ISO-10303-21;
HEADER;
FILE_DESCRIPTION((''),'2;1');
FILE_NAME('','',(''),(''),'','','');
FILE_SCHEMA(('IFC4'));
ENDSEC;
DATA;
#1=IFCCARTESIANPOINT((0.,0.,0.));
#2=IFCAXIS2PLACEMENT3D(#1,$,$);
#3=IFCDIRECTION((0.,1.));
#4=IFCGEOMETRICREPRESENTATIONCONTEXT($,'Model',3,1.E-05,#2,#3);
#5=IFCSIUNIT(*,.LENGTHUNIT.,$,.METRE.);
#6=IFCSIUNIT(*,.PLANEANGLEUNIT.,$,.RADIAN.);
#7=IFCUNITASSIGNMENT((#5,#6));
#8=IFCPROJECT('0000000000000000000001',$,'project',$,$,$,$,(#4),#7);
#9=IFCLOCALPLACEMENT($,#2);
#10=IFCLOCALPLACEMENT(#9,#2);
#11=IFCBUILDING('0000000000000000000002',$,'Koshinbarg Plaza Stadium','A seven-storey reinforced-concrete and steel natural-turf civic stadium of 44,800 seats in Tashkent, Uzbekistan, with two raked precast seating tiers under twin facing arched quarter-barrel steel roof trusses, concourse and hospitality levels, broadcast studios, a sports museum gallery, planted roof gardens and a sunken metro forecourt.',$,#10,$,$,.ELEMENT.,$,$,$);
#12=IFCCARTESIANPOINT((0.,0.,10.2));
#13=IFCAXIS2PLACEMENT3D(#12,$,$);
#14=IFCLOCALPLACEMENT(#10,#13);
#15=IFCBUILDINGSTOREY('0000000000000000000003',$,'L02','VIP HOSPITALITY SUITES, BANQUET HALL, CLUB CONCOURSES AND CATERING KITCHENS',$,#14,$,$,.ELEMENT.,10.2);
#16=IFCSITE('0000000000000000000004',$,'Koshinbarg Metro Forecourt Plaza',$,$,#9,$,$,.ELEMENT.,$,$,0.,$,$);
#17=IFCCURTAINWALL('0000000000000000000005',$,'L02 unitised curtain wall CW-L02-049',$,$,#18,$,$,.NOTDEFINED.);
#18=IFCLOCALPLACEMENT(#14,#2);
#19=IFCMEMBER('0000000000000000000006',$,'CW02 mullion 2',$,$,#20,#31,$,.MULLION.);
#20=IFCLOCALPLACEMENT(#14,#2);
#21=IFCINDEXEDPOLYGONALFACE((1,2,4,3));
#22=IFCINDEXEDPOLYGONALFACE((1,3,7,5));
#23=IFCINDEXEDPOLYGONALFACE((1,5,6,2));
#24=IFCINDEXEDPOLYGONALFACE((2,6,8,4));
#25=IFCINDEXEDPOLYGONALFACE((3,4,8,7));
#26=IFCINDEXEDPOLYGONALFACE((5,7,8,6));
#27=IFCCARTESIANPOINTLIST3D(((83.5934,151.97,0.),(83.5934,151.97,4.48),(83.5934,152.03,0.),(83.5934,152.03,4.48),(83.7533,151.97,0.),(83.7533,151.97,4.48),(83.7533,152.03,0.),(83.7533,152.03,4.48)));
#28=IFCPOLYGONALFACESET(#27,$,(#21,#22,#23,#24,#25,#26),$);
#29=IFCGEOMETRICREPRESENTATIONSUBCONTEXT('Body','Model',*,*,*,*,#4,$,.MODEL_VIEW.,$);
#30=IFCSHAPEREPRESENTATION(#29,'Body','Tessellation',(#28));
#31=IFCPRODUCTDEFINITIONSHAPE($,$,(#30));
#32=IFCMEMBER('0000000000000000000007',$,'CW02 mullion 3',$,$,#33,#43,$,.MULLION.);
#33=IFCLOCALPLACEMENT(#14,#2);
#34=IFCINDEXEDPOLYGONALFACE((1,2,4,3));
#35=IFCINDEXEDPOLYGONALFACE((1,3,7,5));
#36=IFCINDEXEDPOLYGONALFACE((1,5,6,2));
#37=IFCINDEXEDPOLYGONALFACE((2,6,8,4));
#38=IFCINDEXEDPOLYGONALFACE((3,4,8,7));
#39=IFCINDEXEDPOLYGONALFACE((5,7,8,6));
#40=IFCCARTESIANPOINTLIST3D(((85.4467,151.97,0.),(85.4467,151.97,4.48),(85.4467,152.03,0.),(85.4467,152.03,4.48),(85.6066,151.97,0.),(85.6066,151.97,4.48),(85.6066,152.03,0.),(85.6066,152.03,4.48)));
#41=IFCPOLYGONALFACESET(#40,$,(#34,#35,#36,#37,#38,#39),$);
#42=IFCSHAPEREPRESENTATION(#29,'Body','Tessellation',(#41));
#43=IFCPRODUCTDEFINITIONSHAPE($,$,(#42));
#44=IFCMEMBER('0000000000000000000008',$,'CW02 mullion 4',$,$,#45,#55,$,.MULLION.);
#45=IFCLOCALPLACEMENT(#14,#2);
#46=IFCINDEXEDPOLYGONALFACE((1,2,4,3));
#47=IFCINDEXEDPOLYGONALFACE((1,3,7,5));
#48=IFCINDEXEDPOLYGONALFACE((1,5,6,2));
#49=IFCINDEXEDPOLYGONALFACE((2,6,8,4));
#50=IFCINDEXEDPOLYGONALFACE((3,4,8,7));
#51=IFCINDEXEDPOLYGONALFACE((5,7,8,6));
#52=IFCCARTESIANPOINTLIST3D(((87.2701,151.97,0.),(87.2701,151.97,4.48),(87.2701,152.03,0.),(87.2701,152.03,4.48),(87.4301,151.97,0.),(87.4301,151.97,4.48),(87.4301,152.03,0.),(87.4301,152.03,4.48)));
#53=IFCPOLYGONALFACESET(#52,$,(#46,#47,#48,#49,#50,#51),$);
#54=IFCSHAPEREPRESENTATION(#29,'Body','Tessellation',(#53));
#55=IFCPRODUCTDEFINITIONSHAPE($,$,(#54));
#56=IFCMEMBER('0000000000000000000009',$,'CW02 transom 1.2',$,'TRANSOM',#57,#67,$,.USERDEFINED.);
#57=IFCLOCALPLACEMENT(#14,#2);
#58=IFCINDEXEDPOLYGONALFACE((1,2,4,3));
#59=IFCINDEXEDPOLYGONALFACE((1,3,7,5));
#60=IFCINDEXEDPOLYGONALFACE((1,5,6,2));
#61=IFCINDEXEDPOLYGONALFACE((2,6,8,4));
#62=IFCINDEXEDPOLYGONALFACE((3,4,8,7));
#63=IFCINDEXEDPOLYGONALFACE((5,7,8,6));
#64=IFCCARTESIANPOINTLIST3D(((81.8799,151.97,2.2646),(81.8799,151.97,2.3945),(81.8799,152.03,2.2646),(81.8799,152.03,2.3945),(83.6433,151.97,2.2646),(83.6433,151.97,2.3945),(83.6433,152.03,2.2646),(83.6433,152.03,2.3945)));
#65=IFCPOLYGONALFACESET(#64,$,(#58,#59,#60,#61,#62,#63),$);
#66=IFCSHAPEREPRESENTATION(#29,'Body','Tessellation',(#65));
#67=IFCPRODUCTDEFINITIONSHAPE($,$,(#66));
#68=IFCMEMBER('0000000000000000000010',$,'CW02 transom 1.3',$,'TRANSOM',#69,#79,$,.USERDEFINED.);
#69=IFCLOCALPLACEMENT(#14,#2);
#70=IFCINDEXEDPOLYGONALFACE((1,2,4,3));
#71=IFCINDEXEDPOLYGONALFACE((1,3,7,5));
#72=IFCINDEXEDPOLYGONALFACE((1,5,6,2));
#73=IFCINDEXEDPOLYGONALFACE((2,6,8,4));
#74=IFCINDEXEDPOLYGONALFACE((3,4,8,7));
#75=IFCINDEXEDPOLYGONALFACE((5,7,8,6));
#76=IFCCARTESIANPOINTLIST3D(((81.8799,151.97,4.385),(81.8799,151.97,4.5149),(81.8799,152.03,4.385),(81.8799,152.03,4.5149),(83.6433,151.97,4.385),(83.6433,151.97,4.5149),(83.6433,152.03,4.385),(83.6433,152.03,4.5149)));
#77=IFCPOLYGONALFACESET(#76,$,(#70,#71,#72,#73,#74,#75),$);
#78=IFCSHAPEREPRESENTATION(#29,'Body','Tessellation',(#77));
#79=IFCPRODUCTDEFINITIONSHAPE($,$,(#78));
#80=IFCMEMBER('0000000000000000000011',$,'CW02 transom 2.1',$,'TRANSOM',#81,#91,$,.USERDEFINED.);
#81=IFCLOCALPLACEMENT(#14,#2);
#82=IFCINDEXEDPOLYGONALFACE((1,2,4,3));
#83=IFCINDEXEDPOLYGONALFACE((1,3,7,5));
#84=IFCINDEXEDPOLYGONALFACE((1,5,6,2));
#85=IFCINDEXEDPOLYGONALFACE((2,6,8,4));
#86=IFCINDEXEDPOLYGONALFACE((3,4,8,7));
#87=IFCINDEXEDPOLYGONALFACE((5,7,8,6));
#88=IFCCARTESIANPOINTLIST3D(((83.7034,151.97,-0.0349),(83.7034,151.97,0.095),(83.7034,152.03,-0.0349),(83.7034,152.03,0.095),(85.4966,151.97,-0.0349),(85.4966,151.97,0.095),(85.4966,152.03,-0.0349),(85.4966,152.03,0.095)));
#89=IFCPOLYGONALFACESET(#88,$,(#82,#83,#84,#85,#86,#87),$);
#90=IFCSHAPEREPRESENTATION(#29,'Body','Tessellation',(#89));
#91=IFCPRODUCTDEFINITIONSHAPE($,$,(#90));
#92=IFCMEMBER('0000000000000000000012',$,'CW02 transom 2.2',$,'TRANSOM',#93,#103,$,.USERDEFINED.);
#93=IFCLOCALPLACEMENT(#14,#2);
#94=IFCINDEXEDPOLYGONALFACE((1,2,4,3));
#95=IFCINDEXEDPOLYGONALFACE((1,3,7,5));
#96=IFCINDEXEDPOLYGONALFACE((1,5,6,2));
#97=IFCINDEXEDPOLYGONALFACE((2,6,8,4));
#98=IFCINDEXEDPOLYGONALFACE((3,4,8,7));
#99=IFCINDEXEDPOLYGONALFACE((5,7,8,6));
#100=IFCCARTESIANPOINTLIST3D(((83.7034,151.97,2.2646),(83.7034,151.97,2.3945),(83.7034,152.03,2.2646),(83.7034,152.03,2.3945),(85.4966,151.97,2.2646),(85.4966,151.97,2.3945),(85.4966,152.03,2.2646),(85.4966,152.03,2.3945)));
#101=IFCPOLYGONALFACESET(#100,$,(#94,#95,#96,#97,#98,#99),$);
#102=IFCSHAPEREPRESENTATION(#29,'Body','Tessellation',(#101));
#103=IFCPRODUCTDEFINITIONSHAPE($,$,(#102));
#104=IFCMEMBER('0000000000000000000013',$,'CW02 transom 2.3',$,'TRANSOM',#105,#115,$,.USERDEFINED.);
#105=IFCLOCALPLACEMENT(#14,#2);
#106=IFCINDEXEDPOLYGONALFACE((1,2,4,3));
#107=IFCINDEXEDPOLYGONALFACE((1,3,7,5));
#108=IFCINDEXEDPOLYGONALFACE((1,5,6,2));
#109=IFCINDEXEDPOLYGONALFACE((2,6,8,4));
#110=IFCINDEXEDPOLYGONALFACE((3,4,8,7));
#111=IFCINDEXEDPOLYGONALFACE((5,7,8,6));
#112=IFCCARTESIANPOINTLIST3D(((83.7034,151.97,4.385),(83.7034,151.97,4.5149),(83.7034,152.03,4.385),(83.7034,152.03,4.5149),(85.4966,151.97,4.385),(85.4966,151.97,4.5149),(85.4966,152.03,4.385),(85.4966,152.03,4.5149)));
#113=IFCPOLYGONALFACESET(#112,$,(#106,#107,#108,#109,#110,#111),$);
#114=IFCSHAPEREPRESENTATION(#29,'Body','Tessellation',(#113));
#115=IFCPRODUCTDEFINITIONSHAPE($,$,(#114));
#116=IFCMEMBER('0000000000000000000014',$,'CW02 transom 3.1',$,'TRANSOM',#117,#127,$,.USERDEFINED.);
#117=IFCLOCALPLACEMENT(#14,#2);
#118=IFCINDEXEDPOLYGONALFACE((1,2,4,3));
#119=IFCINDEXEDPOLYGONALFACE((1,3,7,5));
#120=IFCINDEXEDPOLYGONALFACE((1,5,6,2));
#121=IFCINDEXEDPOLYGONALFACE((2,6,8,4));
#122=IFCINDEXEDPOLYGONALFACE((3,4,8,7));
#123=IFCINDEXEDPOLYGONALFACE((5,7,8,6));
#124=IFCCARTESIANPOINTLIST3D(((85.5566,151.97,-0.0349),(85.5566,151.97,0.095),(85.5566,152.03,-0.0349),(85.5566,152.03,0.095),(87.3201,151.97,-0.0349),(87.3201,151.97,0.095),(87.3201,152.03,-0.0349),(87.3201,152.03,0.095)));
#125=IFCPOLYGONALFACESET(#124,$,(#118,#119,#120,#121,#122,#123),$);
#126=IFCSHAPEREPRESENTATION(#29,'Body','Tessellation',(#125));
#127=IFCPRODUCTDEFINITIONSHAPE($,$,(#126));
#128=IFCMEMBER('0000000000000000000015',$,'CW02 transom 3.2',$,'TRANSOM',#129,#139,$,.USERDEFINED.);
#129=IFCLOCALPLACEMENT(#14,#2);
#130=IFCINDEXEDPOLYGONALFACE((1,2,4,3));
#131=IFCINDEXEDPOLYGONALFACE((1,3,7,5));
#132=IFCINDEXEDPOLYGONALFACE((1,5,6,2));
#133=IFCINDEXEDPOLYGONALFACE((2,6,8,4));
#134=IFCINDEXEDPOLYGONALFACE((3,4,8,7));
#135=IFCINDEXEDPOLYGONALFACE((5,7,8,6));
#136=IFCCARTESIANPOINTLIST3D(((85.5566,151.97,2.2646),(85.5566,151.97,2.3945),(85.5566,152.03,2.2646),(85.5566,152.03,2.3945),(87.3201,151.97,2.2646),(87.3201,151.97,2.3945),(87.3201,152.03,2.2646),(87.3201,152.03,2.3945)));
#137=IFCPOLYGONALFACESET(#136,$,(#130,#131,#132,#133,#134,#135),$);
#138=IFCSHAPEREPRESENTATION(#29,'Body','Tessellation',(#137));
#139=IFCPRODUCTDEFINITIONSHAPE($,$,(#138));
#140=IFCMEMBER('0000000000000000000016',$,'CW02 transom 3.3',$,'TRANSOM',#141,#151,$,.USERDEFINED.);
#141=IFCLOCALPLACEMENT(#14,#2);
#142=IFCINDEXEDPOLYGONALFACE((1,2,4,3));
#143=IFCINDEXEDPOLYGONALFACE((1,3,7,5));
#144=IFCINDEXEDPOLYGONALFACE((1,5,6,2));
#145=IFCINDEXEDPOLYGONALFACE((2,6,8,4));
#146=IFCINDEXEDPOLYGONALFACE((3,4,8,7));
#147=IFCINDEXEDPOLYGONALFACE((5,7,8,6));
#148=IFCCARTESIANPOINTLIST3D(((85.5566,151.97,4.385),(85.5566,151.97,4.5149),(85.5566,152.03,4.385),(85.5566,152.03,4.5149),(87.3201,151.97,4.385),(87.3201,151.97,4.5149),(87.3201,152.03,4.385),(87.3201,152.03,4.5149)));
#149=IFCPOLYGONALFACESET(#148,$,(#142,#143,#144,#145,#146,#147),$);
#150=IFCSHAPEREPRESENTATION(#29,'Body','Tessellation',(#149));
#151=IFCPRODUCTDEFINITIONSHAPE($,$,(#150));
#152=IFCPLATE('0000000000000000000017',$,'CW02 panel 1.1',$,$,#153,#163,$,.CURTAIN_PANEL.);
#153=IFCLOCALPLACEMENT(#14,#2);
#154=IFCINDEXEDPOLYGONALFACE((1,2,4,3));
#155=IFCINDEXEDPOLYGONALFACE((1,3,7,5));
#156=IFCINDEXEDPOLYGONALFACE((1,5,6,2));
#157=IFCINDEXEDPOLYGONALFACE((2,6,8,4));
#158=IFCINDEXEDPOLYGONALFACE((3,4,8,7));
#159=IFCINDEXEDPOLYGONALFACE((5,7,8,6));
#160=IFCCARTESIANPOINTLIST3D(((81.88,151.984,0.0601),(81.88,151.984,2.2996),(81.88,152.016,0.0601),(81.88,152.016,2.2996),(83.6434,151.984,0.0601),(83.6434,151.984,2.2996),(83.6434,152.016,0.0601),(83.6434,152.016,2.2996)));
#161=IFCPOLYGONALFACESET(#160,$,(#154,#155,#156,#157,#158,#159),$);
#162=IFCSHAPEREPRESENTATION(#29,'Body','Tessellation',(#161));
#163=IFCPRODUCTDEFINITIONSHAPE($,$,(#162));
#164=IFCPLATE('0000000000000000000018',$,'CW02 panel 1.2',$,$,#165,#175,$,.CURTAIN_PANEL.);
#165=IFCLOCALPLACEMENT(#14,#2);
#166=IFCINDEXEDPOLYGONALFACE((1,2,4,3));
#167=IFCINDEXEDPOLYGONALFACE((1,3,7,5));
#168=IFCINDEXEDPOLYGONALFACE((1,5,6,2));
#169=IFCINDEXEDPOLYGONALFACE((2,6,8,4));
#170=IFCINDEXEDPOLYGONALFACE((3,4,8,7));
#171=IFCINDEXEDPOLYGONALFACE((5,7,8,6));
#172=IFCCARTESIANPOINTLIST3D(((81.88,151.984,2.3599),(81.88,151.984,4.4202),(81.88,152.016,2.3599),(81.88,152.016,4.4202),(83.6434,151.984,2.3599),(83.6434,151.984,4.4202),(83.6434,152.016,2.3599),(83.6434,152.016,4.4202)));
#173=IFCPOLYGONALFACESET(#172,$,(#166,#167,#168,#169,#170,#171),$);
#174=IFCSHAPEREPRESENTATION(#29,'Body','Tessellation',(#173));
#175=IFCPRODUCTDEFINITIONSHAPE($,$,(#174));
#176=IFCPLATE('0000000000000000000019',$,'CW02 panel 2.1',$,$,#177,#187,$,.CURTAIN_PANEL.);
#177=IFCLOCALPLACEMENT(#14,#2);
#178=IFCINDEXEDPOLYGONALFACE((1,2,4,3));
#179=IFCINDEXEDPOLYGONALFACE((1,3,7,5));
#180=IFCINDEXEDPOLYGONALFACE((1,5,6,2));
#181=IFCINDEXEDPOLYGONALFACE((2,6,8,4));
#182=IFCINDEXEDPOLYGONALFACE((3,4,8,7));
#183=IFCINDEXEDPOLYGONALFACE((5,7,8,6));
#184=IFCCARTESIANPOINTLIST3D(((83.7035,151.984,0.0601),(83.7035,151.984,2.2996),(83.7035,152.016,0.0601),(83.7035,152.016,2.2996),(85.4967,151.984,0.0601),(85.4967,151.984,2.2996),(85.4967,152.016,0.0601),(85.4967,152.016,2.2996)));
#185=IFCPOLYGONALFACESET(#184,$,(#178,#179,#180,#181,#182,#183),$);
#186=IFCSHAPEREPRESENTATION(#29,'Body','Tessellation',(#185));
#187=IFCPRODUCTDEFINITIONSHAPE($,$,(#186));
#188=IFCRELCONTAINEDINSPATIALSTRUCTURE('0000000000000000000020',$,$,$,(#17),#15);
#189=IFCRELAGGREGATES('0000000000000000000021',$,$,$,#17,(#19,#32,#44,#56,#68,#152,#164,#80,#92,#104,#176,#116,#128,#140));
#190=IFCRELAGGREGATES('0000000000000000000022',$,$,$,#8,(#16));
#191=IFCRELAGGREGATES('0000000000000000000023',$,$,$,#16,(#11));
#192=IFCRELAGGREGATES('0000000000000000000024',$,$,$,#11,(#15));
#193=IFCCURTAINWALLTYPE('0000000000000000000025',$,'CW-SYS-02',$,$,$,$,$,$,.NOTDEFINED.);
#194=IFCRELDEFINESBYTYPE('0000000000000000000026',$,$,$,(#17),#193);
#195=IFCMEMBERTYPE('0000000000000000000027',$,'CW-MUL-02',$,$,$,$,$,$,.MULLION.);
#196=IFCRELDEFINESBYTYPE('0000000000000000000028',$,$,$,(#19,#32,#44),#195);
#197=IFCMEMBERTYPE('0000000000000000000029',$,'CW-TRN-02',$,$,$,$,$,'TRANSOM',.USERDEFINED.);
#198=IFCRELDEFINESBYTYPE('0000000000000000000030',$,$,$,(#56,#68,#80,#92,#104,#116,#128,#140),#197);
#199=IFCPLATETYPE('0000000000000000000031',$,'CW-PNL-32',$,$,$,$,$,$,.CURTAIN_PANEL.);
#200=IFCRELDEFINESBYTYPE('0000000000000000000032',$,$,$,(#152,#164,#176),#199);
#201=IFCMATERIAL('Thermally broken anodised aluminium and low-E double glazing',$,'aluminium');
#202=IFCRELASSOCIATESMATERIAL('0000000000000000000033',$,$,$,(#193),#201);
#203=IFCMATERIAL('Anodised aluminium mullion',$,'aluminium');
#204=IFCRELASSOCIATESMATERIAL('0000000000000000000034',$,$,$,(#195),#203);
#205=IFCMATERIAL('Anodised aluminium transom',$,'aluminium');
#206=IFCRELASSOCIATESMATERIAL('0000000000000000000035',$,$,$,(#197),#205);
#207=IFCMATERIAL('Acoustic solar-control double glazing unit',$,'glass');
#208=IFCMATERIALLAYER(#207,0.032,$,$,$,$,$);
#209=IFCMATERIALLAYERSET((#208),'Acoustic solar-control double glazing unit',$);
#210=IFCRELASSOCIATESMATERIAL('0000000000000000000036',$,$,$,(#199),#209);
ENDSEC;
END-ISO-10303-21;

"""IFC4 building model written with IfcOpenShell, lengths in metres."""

from ifc_helpers import new_model, si_unit, direction, frame, origin, origin_2d, place, context, subcontext, project, spatial, rectangle, extrude, material, layer, layer_set, material_profile, profile_set, type_object, element, aggregate, save


model = new_model("IFC4")

# Units and contexts
model_context = context("Model", 3, precision=1e-05, world=origin(), true_north=direction((0.0, 1.0)))
body_context = subcontext(model_context, "Body", "Model", "MODEL_VIEW")
ifc_project = project(units=[si_unit("LENGTHUNIT", "METRE"), si_unit("PLANEANGLEUNIT", "RADIAN")], contexts=[model_context])

# Site, building, storey
site_placement = place(None, origin())
site = spatial("IfcSite", under=ifc_project, at=site_placement, Name="Koshinbarg Metro Forecourt Plaza", CompositionType="ELEMENT", RefElevation=0.0)
building_placement = place(site_placement, origin())
building = spatial("IfcBuilding", under=site, at=building_placement, Name="Koshinbarg Plaza Stadium", Description="A seven-storey reinforced-concrete and steel natural-turf civic stadium of 44,800 seats in Tashkent, Uzbekistan, with two raked precast seating tiers under twin facing arched quarter-barrel steel roof trusses, concourse and hospitality levels, broadcast studios, a sports museum gallery, planted roof gardens and a sunken metro forecourt.", CompositionType="ELEMENT")
storey_placement = place(building_placement, frame((0.0, 0.0, 10.2)))
storey = spatial("IfcBuildingStorey", under=building, at=storey_placement, Name="L02", Description="VIP HOSPITALITY SUITES, BANQUET HALL, CLUB CONCOURSES AND CATERING KITCHENS", CompositionType="ELEMENT", Elevation=10.2)

# Curtain wall, members, plates
ifc_material_1 = material(Name="Thermally broken anodised aluminium and low-E double glazing", Category="aluminium")
curtain_wall_type = type_object("IfcCurtainWallType", Name="CW-SYS-02", PredefinedType="NOTDEFINED", material=ifc_material_1)
curtain_wall_placement = place(storey_placement, origin())
curtain_wall = element("IfcCurtainWall", 1, at=curtain_wall_placement, inside=storey, type_object=curtain_wall_type, Name="L02 unitised curtain wall CW-L02-049", PredefinedType="NOTDEFINED")
ifc_material_2 = material(Name="Anodised aluminium mullion", Category="aluminium")
ifc_material_profile_1 = material_profile(ifc_material_2, rectangle(XDim=0.0601, YDim=0.1599, at=origin_2d()), Name="ALU 60x160")
ifc_profile_set_1 = profile_set([ifc_material_profile_1], Name="Anodised aluminium mullion")
member_type_1 = type_object("IfcMemberType", Name="CW-MUL-02", PredefinedType="MULLION", material=ifc_profile_set_1)
member_1_placement = place(storey_placement, frame((83.6733, 152.0, 0.0), z_axis=(0.0, 0.0, 1.0), x_axis=(0.0, 1.0, 0.0)))
member_1 = element("IfcMember", 2, at=member_1_placement, type_object=member_type_1, Name="CW02 mullion 2", PredefinedType="MULLION", context=body_context, shape_type="SweptSolid", body=[
    extrude(rectangle(XDim=0.0601, YDim=0.1599, at=origin_2d()), origin(), (0.0, 0.0, 1.0), 4.48),
])
member_2_placement = place(storey_placement, frame((85.5266, 152.0, 0.0), z_axis=(0.0, 0.0, 1.0), x_axis=(0.0, 1.0, 0.0)))
member_2 = element("IfcMember", 3, at=member_2_placement, type_object=member_type_1, Name="CW02 mullion 3", PredefinedType="MULLION", context=body_context, shape_type="SweptSolid", body=[
    extrude(rectangle(XDim=0.0601, YDim=0.1599, at=origin_2d()), origin(), (0.0, 0.0, 1.0), 4.48),
])
member_3_placement = place(storey_placement, frame((87.3501, 152.0, 0.0), z_axis=(0.0, 0.0, 1.0), x_axis=(0.0, 1.0, 0.0)))
member_3 = element("IfcMember", 4, at=member_3_placement, type_object=member_type_1, Name="CW02 mullion 4", PredefinedType="MULLION", context=body_context, shape_type="SweptSolid", body=[
    extrude(rectangle(XDim=0.0601, YDim=0.1599, at=origin_2d()), origin(), (0.0, 0.0, 1.0), 4.48),
])
ifc_material_3 = material(Name="Anodised aluminium transom", Category="aluminium")
ifc_material_profile_2 = material_profile(ifc_material_3, rectangle(XDim=0.0601, YDim=0.1299, at=origin_2d()), Name="ALU 60x130")
ifc_profile_set_2 = profile_set([ifc_material_profile_2], Name="Anodised aluminium transom")
member_type_2 = type_object("IfcMemberType", Name="CW-TRN-02", ElementType="TRANSOM", PredefinedType="USERDEFINED", material=ifc_profile_set_2)
member_4_placement = place(storey_placement, frame((81.8799, 152.0, 2.3296), z_axis=(1.0, 0.0, 0.0), x_axis=(0.0, 1.0, 0.0)))
member_4 = element("IfcMember", 5, at=member_4_placement, type_object=member_type_2, Name="CW02 transom 1.2", ObjectType="TRANSOM", PredefinedType="USERDEFINED", context=body_context, shape_type="SweptSolid", body=[
    extrude(rectangle(XDim=0.0601, YDim=0.1299, at=origin_2d()), origin(), (0.0, 0.0, 1.0), 1.7634),
])
member_5_placement = place(storey_placement, frame((81.8799, 152.0, 4.45), z_axis=(1.0, 0.0, 0.0), x_axis=(0.0, 1.0, 0.0)))
member_5 = element("IfcMember", 6, at=member_5_placement, type_object=member_type_2, Name="CW02 transom 1.3", ObjectType="TRANSOM", PredefinedType="USERDEFINED", context=body_context, shape_type="SweptSolid", body=[
    extrude(rectangle(XDim=0.0601, YDim=0.1299, at=origin_2d()), origin(), (0.0, 0.0, 1.0), 1.7634),
])
member_6_placement = place(storey_placement, frame((83.7034, 152.0, 0.03), z_axis=(1.0, 0.0, 0.0), x_axis=(0.0, 1.0, 0.0)))
member_6 = element("IfcMember", 7, at=member_6_placement, type_object=member_type_2, Name="CW02 transom 2.1", ObjectType="TRANSOM", PredefinedType="USERDEFINED", context=body_context, shape_type="SweptSolid", body=[
    extrude(rectangle(XDim=0.0601, YDim=0.1299, at=origin_2d()), origin(), (0.0, 0.0, 1.0), 1.7932),
])
member_7_placement = place(storey_placement, frame((83.7034, 152.0, 2.3296), z_axis=(1.0, 0.0, 0.0), x_axis=(0.0, 1.0, 0.0)))
member_7 = element("IfcMember", 8, at=member_7_placement, type_object=member_type_2, Name="CW02 transom 2.2", ObjectType="TRANSOM", PredefinedType="USERDEFINED", context=body_context, shape_type="SweptSolid", body=[
    extrude(rectangle(XDim=0.0601, YDim=0.1299, at=origin_2d()), origin(), (0.0, 0.0, 1.0), 1.7932),
])
member_8_placement = place(storey_placement, frame((83.7034, 152.0, 4.45), z_axis=(1.0, 0.0, 0.0), x_axis=(0.0, 1.0, 0.0)))
member_8 = element("IfcMember", 9, at=member_8_placement, type_object=member_type_2, Name="CW02 transom 2.3", ObjectType="TRANSOM", PredefinedType="USERDEFINED", context=body_context, shape_type="SweptSolid", body=[
    extrude(rectangle(XDim=0.0601, YDim=0.1299, at=origin_2d()), origin(), (0.0, 0.0, 1.0), 1.7932),
])
member_9_placement = place(storey_placement, frame((85.5566, 152.0, 0.03), z_axis=(1.0, 0.0, 0.0), x_axis=(0.0, 1.0, 0.0)))
member_9 = element("IfcMember", 10, at=member_9_placement, type_object=member_type_2, Name="CW02 transom 3.1", ObjectType="TRANSOM", PredefinedType="USERDEFINED", context=body_context, shape_type="SweptSolid", body=[
    extrude(rectangle(XDim=0.0601, YDim=0.1299, at=origin_2d()), origin(), (0.0, 0.0, 1.0), 1.7634),
])
member_10_placement = place(storey_placement, frame((85.5566, 152.0, 2.3296), z_axis=(1.0, 0.0, 0.0), x_axis=(0.0, 1.0, 0.0)))
member_10 = element("IfcMember", 11, at=member_10_placement, type_object=member_type_2, Name="CW02 transom 3.2", ObjectType="TRANSOM", PredefinedType="USERDEFINED", context=body_context, shape_type="SweptSolid", body=[
    extrude(rectangle(XDim=0.0601, YDim=0.1299, at=origin_2d()), origin(), (0.0, 0.0, 1.0), 1.7634),
])
member_11_placement = place(storey_placement, frame((85.5566, 152.0, 4.45), z_axis=(1.0, 0.0, 0.0), x_axis=(0.0, 1.0, 0.0)))
member_11 = element("IfcMember", 12, at=member_11_placement, type_object=member_type_2, Name="CW02 transom 3.3", ObjectType="TRANSOM", PredefinedType="USERDEFINED", context=body_context, shape_type="SweptSolid", body=[
    extrude(rectangle(XDim=0.0601, YDim=0.1299, at=origin_2d()), origin(), (0.0, 0.0, 1.0), 1.7634),
])
ifc_material_4 = material(Name="Acoustic solar-control double glazing unit", Category="glass")
ifc_layer_1 = layer(ifc_material_4, 0.032)
ifc_layer_set_1 = layer_set([ifc_layer_1], Name="Acoustic solar-control double glazing unit")
plate_type = type_object("IfcPlateType", Name="CW-PNL-32", PredefinedType="CURTAIN_PANEL", material=ifc_layer_set_1)
plate_1_placement = place(storey_placement, frame((82.7617, 152.0, 0.0601), z_axis=(0.0, 0.0, 1.0), x_axis=(1.0, 0.0, 0.0)))
plate_1 = element("IfcPlate", 13, at=plate_1_placement, type_object=plate_type, Name="CW02 panel 1.1", PredefinedType="CURTAIN_PANEL", context=body_context, shape_type="SweptSolid", body=[
    extrude(rectangle(XDim=1.7634, YDim=0.032, at=origin_2d()), origin(), (0.0, 0.0, 1.0), 2.2395),
])
plate_2_placement = place(storey_placement, frame((82.7617, 152.0, 2.3599), z_axis=(0.0, 0.0, 1.0), x_axis=(1.0, 0.0, 0.0)))
plate_2 = element("IfcPlate", 14, at=plate_2_placement, type_object=plate_type, Name="CW02 panel 1.2", PredefinedType="CURTAIN_PANEL", context=body_context, shape_type="SweptSolid", body=[
    extrude(rectangle(XDim=1.7634, YDim=0.032, at=origin_2d()), origin(), (0.0, 0.0, 1.0), 2.0603),
])
plate_3_placement = place(storey_placement, frame((84.6001, 152.0, 0.0601), z_axis=(0.0, 0.0, 1.0), x_axis=(1.0, 0.0, 0.0)))
plate_3 = element("IfcPlate", 15, at=plate_3_placement, type_object=plate_type, Name="CW02 panel 2.1", PredefinedType="CURTAIN_PANEL", context=body_context, shape_type="SweptSolid", body=[
    extrude(rectangle(XDim=1.7932, YDim=0.032, at=origin_2d()), origin(), (0.0, 0.0, 1.0), 2.2395),
])
aggregate(curtain_wall, [member_1, member_2, member_3, member_4, member_5, plate_1, plate_2, member_6, member_7, member_8, plate_3, member_9, member_10, member_11])

save(model, "model.ifc")
